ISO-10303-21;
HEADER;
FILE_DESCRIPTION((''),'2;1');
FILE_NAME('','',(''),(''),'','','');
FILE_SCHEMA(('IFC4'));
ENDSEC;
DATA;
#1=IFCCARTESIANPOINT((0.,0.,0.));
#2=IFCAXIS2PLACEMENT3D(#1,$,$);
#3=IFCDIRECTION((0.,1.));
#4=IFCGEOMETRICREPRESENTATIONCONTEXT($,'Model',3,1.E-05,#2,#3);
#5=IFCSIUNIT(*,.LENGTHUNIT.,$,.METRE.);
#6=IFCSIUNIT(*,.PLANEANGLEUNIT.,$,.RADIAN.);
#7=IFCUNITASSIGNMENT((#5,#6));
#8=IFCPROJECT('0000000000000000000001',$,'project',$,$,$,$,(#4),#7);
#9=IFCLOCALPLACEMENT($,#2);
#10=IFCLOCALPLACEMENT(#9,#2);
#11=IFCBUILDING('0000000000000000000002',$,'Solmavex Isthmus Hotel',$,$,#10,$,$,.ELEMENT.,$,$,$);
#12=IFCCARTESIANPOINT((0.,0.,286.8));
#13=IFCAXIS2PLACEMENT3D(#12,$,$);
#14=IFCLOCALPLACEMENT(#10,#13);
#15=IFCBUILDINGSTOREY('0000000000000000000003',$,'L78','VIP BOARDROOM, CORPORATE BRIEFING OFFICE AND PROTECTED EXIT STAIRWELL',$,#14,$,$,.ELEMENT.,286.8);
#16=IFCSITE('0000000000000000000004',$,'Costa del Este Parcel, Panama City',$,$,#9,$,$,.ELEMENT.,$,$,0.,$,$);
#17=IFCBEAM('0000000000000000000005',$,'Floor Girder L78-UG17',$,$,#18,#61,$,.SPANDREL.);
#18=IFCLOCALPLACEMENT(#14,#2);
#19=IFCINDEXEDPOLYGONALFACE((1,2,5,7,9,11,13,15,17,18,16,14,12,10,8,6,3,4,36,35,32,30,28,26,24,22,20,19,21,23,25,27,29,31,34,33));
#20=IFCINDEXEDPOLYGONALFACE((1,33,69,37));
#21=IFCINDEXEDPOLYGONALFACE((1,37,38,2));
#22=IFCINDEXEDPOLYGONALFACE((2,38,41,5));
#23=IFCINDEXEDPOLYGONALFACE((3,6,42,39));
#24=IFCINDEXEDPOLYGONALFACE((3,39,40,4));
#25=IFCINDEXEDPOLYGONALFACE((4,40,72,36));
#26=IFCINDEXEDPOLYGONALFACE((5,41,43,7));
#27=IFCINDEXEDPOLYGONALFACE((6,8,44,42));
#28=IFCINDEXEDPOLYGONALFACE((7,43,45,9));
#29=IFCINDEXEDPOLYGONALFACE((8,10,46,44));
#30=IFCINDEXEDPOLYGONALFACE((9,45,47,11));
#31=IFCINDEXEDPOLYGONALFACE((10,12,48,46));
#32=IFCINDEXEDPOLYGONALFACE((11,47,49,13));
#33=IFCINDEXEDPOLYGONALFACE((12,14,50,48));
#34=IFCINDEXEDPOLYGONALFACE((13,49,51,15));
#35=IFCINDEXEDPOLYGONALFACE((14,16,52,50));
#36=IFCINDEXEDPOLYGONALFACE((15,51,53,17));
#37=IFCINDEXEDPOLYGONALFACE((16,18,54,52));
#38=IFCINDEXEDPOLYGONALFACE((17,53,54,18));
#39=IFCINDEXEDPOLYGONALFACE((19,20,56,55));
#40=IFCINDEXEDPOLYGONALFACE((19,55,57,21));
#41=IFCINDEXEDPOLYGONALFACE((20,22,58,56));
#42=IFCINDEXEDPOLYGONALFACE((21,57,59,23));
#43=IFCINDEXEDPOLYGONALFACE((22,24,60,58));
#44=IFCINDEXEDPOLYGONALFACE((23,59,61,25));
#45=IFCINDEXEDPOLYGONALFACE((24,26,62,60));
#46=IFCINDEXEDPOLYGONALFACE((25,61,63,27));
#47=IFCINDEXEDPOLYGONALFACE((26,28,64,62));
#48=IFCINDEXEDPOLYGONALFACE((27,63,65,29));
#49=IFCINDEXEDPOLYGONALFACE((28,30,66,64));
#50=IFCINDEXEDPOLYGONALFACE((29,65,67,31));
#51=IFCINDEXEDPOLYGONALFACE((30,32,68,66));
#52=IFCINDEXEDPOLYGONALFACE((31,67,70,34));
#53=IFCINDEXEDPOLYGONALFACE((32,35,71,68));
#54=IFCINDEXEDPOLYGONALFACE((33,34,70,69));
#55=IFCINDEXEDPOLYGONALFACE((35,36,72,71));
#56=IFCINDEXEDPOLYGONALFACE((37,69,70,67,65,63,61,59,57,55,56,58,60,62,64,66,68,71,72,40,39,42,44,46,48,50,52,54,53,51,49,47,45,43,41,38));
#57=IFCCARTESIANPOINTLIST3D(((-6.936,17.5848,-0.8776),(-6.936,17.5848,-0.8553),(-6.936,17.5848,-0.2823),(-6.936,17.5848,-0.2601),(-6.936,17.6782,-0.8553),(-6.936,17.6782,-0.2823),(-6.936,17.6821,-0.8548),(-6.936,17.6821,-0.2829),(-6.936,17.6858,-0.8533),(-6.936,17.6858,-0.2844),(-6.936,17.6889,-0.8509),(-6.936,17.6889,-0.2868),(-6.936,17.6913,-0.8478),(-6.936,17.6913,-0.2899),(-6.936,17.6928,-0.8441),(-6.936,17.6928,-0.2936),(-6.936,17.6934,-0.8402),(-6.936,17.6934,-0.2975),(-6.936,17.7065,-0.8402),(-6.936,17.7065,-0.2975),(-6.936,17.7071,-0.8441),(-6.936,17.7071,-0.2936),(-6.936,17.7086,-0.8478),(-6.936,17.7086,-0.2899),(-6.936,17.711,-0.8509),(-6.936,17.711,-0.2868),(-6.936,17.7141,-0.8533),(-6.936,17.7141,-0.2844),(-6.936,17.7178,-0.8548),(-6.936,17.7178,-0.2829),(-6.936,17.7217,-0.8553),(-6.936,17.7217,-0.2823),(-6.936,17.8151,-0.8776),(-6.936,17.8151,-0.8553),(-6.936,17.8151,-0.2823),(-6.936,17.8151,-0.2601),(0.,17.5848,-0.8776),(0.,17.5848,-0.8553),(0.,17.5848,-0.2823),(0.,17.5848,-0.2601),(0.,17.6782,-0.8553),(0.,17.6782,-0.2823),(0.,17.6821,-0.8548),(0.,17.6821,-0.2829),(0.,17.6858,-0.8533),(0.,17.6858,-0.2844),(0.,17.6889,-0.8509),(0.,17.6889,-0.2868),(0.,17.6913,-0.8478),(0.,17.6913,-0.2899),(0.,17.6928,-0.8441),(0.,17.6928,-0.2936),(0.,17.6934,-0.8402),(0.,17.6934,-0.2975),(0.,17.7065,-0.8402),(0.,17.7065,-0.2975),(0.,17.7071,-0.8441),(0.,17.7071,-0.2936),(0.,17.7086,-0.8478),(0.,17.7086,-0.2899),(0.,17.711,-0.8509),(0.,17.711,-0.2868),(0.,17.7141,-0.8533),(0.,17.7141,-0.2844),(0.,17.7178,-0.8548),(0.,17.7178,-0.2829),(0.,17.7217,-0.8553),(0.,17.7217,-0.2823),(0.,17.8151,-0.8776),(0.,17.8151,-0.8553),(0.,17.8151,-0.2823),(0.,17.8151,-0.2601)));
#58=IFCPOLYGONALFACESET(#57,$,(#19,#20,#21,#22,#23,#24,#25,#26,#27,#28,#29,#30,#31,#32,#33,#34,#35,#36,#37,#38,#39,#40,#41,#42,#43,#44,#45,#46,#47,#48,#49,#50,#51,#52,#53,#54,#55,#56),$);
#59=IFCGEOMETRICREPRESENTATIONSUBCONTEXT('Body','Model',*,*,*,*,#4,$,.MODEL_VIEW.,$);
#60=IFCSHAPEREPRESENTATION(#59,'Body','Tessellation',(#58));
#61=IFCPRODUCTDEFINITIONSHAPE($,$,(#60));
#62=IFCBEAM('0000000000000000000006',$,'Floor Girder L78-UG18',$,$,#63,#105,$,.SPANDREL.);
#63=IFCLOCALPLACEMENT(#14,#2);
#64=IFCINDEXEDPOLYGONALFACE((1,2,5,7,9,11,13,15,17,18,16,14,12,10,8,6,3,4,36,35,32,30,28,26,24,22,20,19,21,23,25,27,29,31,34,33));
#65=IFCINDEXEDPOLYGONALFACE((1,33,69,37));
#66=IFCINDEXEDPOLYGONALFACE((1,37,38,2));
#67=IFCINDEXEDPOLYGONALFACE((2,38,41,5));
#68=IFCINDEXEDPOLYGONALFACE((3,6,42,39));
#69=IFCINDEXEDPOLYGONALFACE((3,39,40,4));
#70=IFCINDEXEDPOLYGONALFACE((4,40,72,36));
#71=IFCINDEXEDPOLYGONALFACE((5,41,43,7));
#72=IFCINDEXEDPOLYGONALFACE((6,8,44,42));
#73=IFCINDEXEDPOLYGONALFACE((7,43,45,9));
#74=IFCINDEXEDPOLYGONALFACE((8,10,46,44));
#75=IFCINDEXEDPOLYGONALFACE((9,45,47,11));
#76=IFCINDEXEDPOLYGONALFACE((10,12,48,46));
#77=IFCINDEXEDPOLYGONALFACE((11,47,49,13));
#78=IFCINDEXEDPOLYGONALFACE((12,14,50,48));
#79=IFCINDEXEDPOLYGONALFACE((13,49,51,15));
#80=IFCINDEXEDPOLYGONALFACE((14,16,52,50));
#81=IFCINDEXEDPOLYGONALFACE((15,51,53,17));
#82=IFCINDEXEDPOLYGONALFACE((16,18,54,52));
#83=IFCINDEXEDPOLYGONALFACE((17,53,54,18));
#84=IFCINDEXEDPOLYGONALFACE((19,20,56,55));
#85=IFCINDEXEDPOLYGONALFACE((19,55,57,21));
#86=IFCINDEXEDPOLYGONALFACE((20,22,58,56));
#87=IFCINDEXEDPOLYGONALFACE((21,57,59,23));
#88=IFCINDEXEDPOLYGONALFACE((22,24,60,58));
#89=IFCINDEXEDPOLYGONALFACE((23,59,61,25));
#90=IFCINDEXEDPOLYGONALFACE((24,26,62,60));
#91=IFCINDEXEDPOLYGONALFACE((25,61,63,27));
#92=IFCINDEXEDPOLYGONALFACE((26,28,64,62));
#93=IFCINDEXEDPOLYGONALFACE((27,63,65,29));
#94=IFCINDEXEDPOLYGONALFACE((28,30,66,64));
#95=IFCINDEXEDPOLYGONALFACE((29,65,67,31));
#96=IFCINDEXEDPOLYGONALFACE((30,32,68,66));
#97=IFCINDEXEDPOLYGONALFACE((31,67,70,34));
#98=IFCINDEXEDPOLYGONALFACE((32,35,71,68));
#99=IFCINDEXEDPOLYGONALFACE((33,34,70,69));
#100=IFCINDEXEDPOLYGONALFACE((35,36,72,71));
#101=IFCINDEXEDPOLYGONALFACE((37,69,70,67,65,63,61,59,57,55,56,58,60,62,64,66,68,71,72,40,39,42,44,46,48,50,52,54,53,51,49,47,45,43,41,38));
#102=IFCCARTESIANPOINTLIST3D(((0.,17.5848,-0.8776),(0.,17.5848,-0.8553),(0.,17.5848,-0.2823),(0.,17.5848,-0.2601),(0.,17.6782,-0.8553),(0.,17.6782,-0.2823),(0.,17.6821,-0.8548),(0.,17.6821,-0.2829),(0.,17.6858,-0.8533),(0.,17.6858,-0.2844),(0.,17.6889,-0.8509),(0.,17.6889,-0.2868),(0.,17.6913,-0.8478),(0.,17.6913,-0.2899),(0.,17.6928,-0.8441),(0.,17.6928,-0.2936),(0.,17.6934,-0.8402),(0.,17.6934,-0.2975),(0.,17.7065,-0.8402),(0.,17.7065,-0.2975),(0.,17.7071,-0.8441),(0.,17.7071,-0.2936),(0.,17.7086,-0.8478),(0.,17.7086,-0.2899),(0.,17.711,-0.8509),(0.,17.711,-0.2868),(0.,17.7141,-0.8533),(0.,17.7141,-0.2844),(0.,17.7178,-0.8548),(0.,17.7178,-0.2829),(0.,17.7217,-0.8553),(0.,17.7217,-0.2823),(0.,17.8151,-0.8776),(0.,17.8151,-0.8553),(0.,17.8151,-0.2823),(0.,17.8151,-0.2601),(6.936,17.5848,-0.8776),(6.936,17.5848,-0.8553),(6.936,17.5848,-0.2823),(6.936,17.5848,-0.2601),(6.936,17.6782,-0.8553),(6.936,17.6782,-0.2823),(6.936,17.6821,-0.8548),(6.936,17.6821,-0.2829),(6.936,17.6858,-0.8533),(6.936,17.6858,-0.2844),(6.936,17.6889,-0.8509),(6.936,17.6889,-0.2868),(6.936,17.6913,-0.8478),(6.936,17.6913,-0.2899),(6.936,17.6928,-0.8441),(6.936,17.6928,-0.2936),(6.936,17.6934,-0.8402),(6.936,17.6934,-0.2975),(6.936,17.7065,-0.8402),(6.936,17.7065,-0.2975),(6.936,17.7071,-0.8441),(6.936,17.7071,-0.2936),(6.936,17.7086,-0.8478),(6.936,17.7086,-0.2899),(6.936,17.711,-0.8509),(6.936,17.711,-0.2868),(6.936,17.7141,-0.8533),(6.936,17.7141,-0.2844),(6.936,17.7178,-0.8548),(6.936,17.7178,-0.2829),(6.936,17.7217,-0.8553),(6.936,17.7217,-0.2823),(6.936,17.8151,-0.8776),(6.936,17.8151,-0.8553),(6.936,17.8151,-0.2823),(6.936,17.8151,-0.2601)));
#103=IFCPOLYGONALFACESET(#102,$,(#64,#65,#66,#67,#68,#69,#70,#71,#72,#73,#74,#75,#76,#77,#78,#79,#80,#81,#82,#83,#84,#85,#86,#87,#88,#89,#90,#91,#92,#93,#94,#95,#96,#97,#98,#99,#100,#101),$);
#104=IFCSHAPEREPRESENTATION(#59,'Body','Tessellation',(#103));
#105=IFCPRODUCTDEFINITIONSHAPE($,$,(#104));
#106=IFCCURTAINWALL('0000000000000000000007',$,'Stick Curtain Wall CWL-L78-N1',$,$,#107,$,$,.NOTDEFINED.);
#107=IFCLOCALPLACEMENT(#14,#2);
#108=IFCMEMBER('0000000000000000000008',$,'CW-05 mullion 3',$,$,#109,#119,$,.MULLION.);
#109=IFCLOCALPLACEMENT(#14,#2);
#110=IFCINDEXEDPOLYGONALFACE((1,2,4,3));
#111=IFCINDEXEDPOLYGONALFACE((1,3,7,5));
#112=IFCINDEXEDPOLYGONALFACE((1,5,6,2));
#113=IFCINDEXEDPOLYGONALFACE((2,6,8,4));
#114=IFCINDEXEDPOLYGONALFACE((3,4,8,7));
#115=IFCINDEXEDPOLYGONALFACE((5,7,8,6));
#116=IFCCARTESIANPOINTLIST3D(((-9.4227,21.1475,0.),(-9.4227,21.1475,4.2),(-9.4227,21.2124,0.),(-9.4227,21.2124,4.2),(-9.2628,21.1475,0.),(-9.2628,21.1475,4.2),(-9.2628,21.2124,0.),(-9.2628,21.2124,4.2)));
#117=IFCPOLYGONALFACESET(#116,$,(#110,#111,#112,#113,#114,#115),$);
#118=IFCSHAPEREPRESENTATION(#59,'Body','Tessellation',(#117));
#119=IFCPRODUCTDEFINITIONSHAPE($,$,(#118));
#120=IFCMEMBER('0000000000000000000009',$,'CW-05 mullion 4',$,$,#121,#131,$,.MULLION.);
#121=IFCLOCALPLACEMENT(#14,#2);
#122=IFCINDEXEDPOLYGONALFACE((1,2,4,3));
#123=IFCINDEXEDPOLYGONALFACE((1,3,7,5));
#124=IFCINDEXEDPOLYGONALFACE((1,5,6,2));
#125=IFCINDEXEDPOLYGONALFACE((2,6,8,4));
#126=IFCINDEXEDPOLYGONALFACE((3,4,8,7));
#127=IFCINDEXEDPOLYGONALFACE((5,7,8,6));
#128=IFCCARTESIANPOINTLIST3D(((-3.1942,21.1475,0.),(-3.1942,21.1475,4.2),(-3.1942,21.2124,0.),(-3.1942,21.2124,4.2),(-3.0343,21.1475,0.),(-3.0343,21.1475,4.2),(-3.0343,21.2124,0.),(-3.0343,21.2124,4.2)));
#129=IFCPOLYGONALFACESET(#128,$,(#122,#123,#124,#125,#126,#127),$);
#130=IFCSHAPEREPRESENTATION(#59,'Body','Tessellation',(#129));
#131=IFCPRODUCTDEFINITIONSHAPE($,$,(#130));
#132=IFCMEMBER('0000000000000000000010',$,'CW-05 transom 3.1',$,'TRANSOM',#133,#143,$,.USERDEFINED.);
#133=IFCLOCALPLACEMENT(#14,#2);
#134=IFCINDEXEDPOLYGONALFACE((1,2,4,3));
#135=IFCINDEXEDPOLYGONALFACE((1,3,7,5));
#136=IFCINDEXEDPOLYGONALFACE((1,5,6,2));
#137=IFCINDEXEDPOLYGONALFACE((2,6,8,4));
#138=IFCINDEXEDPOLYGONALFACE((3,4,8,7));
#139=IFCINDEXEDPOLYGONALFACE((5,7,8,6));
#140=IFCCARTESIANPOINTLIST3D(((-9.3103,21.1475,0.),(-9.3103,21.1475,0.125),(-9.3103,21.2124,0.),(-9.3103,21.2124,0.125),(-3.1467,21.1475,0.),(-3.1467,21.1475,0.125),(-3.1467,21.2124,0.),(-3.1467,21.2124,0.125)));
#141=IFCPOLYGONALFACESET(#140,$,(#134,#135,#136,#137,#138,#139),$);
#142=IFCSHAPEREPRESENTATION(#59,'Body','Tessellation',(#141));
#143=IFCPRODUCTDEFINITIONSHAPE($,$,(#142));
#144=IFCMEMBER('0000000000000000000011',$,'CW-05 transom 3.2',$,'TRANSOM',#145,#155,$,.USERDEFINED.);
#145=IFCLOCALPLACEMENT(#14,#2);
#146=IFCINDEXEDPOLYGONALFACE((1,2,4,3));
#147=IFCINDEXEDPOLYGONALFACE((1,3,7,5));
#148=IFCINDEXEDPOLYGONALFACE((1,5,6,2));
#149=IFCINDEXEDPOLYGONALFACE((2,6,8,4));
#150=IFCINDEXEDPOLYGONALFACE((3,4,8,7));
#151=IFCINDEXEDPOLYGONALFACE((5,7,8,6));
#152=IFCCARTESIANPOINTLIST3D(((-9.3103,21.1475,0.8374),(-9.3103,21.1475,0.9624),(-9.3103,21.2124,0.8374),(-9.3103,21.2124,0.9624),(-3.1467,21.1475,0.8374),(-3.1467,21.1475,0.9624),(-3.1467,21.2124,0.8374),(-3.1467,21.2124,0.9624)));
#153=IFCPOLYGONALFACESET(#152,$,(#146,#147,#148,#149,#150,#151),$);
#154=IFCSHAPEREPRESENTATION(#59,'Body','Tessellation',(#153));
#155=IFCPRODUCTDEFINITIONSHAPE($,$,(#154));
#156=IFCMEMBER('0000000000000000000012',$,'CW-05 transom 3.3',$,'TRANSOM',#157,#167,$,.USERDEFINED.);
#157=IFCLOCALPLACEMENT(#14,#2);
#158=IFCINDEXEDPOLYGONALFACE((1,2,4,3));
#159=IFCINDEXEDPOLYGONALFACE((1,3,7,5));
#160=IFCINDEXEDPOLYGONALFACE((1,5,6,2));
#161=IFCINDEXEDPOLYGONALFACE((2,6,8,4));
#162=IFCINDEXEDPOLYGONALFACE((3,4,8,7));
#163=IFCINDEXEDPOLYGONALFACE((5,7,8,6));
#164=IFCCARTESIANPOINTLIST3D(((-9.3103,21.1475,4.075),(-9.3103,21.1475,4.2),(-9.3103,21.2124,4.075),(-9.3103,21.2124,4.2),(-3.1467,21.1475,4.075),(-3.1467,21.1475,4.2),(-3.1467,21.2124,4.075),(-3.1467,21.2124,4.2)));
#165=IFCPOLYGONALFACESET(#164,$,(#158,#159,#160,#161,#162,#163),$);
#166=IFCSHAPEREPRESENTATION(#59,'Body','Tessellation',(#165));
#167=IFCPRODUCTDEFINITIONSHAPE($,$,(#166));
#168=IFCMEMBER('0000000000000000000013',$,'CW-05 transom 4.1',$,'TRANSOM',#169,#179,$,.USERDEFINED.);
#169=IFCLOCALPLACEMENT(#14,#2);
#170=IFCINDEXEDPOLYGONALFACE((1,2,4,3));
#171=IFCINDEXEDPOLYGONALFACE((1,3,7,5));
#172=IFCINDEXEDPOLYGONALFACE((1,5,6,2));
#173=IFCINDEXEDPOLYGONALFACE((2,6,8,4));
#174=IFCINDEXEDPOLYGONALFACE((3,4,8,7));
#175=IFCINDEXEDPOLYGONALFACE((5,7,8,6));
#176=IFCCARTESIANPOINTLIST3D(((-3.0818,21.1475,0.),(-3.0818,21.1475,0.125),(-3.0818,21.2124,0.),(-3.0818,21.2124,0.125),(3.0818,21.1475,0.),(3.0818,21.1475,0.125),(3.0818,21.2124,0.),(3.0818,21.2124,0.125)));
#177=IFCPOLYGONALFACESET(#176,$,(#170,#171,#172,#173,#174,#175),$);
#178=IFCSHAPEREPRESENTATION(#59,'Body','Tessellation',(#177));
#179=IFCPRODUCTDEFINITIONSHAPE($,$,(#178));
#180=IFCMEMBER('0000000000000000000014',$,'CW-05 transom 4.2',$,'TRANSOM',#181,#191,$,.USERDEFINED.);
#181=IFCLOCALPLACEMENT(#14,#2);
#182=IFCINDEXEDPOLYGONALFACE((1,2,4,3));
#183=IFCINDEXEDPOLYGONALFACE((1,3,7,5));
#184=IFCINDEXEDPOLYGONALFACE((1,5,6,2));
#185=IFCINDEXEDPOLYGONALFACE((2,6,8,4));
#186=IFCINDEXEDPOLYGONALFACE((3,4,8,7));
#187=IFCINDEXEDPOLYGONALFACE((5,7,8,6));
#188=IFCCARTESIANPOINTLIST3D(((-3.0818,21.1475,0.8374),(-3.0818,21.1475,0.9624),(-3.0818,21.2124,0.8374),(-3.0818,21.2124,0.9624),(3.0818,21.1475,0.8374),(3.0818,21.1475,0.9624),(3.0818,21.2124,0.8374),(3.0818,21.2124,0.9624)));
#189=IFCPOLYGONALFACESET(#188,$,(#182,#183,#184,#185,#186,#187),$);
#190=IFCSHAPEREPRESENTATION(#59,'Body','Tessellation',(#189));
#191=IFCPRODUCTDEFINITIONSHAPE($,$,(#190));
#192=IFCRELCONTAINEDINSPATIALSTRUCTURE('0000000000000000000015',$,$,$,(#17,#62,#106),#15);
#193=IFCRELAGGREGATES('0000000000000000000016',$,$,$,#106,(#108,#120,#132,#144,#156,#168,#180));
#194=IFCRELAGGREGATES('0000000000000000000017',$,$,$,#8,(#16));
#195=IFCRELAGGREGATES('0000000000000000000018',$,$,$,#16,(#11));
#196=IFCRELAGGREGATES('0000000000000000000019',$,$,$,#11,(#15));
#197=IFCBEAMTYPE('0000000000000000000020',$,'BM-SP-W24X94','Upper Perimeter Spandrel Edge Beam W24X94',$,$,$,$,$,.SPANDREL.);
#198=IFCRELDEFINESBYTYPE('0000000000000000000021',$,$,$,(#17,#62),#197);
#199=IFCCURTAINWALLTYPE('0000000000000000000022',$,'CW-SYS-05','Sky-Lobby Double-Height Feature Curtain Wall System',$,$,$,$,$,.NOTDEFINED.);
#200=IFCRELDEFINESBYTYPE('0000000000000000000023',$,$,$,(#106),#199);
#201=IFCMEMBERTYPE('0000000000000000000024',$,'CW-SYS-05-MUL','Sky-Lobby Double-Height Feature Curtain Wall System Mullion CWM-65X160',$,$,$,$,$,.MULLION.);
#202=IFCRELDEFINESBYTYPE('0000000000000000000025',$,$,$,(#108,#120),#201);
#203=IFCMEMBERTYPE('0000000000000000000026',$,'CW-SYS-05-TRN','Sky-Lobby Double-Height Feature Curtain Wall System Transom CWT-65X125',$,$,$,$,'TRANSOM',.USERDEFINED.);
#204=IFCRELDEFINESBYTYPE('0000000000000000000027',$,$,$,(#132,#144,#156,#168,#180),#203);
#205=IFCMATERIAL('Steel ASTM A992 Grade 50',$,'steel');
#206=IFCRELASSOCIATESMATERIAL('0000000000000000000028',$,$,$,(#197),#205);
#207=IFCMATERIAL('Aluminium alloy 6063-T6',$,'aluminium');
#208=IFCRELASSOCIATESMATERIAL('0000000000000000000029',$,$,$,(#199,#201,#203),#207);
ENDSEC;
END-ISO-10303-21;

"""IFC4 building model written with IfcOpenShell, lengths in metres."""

from ifc_helpers import new_model, si_unit, direction, frame, origin, origin_2d, place, context, subcontext, project, spatial, rectangle, i_section, extrude, material, material_profile, profile_set, type_object, element, aggregate, save


model = new_model("IFC4")

# Units and contexts
model_context = context("Model", 3, precision=1e-05, world=origin(), true_north=direction((0.0, 1.0)))
body_context = subcontext(model_context, "Body", "Model", "MODEL_VIEW")
ifc_project = project(units=[si_unit("LENGTHUNIT", "METRE"), si_unit("PLANEANGLEUNIT", "RADIAN")], contexts=[model_context])

# Site, building, storey
site_placement = place(None, origin())
site = spatial("IfcSite", under=ifc_project, at=site_placement, Name="Costa del Este Parcel, Panama City", CompositionType="ELEMENT", RefElevation=0.0)
building_placement = place(site_placement, origin())
building = spatial("IfcBuilding", under=site, at=building_placement, Name="Solmavex Isthmus Hotel", CompositionType="ELEMENT")
storey_placement = place(building_placement, frame((0.0, 0.0, 286.8)))
storey = spatial("IfcBuildingStorey", under=building, at=storey_placement, Name="L78", Description="VIP BOARDROOM, CORPORATE BRIEFING OFFICE AND PROTECTED EXIT STAIRWELL", CompositionType="ELEMENT", Elevation=286.8)

# Beams
ifc_material_1 = material(Name="Steel ASTM A992 Grade 50", Category="steel")
ifc_material_profile_1 = material_profile(ifc_material_1, i_section(OverallWidth=0.2302, OverallDepth=0.6174, WebThickness=0.0132, FlangeThickness=0.0222, FilletRadius=0.0151, at=origin_2d()), Name="W24X94")
ifc_profile_set_1 = profile_set([ifc_material_profile_1], Name="Steel ASTM A992 Grade 50")
beam_type = type_object("IfcBeamType", Name="BM-SP-W24X94", Description="Upper Perimeter Spandrel Edge Beam W24X94", PredefinedType="SPANDREL", material=ifc_profile_set_1)
for number, where, z_axis, x_axis, name in (
    (1, (-6.936, 17.7, -0.5688), (1.0, 0.0, 0.0), (0.0, 1.0, 0.0), "Floor Girder L78-UG17"),
    (2, (0.0, 17.7, -0.5688), (1.0, 0.0, 0.0), (0.0, 1.0, 0.0), "Floor Girder L78-UG18"),
):
    element("IfcBeam", number, at=place(storey_placement, frame(where, z_axis=z_axis, x_axis=x_axis)), inside=storey, type_object=beam_type, Name=name, PredefinedType="SPANDREL", context=body_context, shape_type="SweptSolid", body=[
        extrude(i_section(OverallWidth=0.2302, OverallDepth=0.6174, WebThickness=0.0132, FlangeThickness=0.0222, FilletRadius=0.0151, at=origin_2d()), origin(), (0.0, 0.0, 1.0), 6.936),
    ])

# Curtain wall, members
ifc_material_2 = material(Name="Aluminium alloy 6063-T6", Category="aluminium")
curtain_wall_type = type_object("IfcCurtainWallType", Name="CW-SYS-05", Description="Sky-Lobby Double-Height Feature Curtain Wall System", PredefinedType="NOTDEFINED", material=ifc_material_2)
curtain_wall_placement = place(storey_placement, origin())
curtain_wall = element("IfcCurtainWall", 3, at=curtain_wall_placement, inside=storey, type_object=curtain_wall_type, Name="Stick Curtain Wall CWL-L78-N1", PredefinedType="NOTDEFINED")
ifc_material_profile_2 = material_profile(ifc_material_2, rectangle(XDim=0.0649, YDim=0.1599, at=origin_2d()), Name="CWM-65X160")
ifc_profile_set_2 = profile_set([ifc_material_profile_2], Name="Aluminium alloy 6063-T6")
member_type_1 = type_object("IfcMemberType", Name="CW-SYS-05-MUL", Description="Sky-Lobby Double-Height Feature Curtain Wall System Mullion CWM-65X160", PredefinedType="MULLION", material=ifc_profile_set_2)
member_1_placement = place(storey_placement, frame((-9.3428, 21.1799, 0.0), z_axis=(0.0, 0.0, 1.0), x_axis=(0.0, 1.0, 0.0)))
member_1 = element("IfcMember", 4, at=member_1_placement, type_object=member_type_1, Name="CW-05 mullion 3", PredefinedType="MULLION", context=body_context, shape_type="SweptSolid", body=[
    extrude(rectangle(XDim=0.0649, YDim=0.1599, at=origin_2d()), origin(), (0.0, 0.0, 1.0), 4.2),
])
member_2_placement = place(storey_placement, frame((-3.1143, 21.1799, 0.0), z_axis=(0.0, 0.0, 1.0), x_axis=(0.0, 1.0, 0.0)))
member_2 = element("IfcMember", 5, at=member_2_placement, type_object=member_type_1, Name="CW-05 mullion 4", PredefinedType="MULLION", context=body_context, shape_type="SweptSolid", body=[
    extrude(rectangle(XDim=0.0649, YDim=0.1599, at=origin_2d()), origin(), (0.0, 0.0, 1.0), 4.2),
])
ifc_material_profile_3 = material_profile(ifc_material_2, rectangle(XDim=0.0649, YDim=0.125, at=origin_2d()), Name="CWT-65X125")
ifc_profile_set_3 = profile_set([ifc_material_profile_3], Name="Aluminium alloy 6063-T6")
member_type_2 = type_object("IfcMemberType", Name="CW-SYS-05-TRN", Description="Sky-Lobby Double-Height Feature Curtain Wall System Transom CWT-65X125", ElementType="TRANSOM", PredefinedType="USERDEFINED", material=ifc_profile_set_3)
member_3_placement = place(storey_placement, frame((-9.3103, 21.1799, 0.0625), z_axis=(1.0, 0.0, 0.0), x_axis=(0.0, 1.0, 0.0)))
member_3 = element("IfcMember", 6, at=member_3_placement, type_object=member_type_2, Name="CW-05 transom 3.1", ObjectType="TRANSOM", PredefinedType="USERDEFINED", context=body_context, shape_type="SweptSolid", body=[
    extrude(rectangle(XDim=0.0649, YDim=0.125, at=origin_2d()), origin(), (0.0, 0.0, 1.0), 6.1636),
])
member_4_placement = place(storey_placement, frame((-9.3103, 21.1799, 0.8999), z_axis=(1.0, 0.0, 0.0), x_axis=(0.0, 1.0, 0.0)))
member_4 = element("IfcMember", 7, at=member_4_placement, type_object=member_type_2, Name="CW-05 transom 3.2", ObjectType="TRANSOM", PredefinedType="USERDEFINED", context=body_context, shape_type="SweptSolid", body=[
    extrude(rectangle(XDim=0.0649, YDim=0.125, at=origin_2d()), origin(), (0.0, 0.0, 1.0), 6.1636),
])
member_5_placement = place(storey_placement, frame((-9.3103, 21.1799, 4.1375), z_axis=(1.0, 0.0, 0.0), x_axis=(0.0, 1.0, 0.0)))
member_5 = element("IfcMember", 8, at=member_5_placement, type_object=member_type_2, Name="CW-05 transom 3.3", ObjectType="TRANSOM", PredefinedType="USERDEFINED", context=body_context, shape_type="SweptSolid", body=[
    extrude(rectangle(XDim=0.0649, YDim=0.125, at=origin_2d()), origin(), (0.0, 0.0, 1.0), 6.1636),
])
member_6_placement = place(storey_placement, frame((-3.0818, 21.1799, 0.0625), z_axis=(1.0, 0.0, 0.0), x_axis=(0.0, 1.0, 0.0)))
member_6 = element("IfcMember", 9, at=member_6_placement, type_object=member_type_2, Name="CW-05 transom 4.1", ObjectType="TRANSOM", PredefinedType="USERDEFINED", context=body_context, shape_type="SweptSolid", body=[
    extrude(rectangle(XDim=0.0649, YDim=0.125, at=origin_2d()), origin(), (0.0, 0.0, 1.0), 6.1636),
])
member_7_placement = place(storey_placement, frame((-3.0818, 21.1799, 0.8999), z_axis=(1.0, 0.0, 0.0), x_axis=(0.0, 1.0, 0.0)))
member_7 = element("IfcMember", 10, at=member_7_placement, type_object=member_type_2, Name="CW-05 transom 4.2", ObjectType="TRANSOM", PredefinedType="USERDEFINED", context=body_context, shape_type="SweptSolid", body=[
    extrude(rectangle(XDim=0.0649, YDim=0.125, at=origin_2d()), origin(), (0.0, 0.0, 1.0), 6.1636),
])
aggregate(curtain_wall, [member_1, member_2, member_3, member_4, member_5, member_6, member_7])

save(model, "model.ifc")
